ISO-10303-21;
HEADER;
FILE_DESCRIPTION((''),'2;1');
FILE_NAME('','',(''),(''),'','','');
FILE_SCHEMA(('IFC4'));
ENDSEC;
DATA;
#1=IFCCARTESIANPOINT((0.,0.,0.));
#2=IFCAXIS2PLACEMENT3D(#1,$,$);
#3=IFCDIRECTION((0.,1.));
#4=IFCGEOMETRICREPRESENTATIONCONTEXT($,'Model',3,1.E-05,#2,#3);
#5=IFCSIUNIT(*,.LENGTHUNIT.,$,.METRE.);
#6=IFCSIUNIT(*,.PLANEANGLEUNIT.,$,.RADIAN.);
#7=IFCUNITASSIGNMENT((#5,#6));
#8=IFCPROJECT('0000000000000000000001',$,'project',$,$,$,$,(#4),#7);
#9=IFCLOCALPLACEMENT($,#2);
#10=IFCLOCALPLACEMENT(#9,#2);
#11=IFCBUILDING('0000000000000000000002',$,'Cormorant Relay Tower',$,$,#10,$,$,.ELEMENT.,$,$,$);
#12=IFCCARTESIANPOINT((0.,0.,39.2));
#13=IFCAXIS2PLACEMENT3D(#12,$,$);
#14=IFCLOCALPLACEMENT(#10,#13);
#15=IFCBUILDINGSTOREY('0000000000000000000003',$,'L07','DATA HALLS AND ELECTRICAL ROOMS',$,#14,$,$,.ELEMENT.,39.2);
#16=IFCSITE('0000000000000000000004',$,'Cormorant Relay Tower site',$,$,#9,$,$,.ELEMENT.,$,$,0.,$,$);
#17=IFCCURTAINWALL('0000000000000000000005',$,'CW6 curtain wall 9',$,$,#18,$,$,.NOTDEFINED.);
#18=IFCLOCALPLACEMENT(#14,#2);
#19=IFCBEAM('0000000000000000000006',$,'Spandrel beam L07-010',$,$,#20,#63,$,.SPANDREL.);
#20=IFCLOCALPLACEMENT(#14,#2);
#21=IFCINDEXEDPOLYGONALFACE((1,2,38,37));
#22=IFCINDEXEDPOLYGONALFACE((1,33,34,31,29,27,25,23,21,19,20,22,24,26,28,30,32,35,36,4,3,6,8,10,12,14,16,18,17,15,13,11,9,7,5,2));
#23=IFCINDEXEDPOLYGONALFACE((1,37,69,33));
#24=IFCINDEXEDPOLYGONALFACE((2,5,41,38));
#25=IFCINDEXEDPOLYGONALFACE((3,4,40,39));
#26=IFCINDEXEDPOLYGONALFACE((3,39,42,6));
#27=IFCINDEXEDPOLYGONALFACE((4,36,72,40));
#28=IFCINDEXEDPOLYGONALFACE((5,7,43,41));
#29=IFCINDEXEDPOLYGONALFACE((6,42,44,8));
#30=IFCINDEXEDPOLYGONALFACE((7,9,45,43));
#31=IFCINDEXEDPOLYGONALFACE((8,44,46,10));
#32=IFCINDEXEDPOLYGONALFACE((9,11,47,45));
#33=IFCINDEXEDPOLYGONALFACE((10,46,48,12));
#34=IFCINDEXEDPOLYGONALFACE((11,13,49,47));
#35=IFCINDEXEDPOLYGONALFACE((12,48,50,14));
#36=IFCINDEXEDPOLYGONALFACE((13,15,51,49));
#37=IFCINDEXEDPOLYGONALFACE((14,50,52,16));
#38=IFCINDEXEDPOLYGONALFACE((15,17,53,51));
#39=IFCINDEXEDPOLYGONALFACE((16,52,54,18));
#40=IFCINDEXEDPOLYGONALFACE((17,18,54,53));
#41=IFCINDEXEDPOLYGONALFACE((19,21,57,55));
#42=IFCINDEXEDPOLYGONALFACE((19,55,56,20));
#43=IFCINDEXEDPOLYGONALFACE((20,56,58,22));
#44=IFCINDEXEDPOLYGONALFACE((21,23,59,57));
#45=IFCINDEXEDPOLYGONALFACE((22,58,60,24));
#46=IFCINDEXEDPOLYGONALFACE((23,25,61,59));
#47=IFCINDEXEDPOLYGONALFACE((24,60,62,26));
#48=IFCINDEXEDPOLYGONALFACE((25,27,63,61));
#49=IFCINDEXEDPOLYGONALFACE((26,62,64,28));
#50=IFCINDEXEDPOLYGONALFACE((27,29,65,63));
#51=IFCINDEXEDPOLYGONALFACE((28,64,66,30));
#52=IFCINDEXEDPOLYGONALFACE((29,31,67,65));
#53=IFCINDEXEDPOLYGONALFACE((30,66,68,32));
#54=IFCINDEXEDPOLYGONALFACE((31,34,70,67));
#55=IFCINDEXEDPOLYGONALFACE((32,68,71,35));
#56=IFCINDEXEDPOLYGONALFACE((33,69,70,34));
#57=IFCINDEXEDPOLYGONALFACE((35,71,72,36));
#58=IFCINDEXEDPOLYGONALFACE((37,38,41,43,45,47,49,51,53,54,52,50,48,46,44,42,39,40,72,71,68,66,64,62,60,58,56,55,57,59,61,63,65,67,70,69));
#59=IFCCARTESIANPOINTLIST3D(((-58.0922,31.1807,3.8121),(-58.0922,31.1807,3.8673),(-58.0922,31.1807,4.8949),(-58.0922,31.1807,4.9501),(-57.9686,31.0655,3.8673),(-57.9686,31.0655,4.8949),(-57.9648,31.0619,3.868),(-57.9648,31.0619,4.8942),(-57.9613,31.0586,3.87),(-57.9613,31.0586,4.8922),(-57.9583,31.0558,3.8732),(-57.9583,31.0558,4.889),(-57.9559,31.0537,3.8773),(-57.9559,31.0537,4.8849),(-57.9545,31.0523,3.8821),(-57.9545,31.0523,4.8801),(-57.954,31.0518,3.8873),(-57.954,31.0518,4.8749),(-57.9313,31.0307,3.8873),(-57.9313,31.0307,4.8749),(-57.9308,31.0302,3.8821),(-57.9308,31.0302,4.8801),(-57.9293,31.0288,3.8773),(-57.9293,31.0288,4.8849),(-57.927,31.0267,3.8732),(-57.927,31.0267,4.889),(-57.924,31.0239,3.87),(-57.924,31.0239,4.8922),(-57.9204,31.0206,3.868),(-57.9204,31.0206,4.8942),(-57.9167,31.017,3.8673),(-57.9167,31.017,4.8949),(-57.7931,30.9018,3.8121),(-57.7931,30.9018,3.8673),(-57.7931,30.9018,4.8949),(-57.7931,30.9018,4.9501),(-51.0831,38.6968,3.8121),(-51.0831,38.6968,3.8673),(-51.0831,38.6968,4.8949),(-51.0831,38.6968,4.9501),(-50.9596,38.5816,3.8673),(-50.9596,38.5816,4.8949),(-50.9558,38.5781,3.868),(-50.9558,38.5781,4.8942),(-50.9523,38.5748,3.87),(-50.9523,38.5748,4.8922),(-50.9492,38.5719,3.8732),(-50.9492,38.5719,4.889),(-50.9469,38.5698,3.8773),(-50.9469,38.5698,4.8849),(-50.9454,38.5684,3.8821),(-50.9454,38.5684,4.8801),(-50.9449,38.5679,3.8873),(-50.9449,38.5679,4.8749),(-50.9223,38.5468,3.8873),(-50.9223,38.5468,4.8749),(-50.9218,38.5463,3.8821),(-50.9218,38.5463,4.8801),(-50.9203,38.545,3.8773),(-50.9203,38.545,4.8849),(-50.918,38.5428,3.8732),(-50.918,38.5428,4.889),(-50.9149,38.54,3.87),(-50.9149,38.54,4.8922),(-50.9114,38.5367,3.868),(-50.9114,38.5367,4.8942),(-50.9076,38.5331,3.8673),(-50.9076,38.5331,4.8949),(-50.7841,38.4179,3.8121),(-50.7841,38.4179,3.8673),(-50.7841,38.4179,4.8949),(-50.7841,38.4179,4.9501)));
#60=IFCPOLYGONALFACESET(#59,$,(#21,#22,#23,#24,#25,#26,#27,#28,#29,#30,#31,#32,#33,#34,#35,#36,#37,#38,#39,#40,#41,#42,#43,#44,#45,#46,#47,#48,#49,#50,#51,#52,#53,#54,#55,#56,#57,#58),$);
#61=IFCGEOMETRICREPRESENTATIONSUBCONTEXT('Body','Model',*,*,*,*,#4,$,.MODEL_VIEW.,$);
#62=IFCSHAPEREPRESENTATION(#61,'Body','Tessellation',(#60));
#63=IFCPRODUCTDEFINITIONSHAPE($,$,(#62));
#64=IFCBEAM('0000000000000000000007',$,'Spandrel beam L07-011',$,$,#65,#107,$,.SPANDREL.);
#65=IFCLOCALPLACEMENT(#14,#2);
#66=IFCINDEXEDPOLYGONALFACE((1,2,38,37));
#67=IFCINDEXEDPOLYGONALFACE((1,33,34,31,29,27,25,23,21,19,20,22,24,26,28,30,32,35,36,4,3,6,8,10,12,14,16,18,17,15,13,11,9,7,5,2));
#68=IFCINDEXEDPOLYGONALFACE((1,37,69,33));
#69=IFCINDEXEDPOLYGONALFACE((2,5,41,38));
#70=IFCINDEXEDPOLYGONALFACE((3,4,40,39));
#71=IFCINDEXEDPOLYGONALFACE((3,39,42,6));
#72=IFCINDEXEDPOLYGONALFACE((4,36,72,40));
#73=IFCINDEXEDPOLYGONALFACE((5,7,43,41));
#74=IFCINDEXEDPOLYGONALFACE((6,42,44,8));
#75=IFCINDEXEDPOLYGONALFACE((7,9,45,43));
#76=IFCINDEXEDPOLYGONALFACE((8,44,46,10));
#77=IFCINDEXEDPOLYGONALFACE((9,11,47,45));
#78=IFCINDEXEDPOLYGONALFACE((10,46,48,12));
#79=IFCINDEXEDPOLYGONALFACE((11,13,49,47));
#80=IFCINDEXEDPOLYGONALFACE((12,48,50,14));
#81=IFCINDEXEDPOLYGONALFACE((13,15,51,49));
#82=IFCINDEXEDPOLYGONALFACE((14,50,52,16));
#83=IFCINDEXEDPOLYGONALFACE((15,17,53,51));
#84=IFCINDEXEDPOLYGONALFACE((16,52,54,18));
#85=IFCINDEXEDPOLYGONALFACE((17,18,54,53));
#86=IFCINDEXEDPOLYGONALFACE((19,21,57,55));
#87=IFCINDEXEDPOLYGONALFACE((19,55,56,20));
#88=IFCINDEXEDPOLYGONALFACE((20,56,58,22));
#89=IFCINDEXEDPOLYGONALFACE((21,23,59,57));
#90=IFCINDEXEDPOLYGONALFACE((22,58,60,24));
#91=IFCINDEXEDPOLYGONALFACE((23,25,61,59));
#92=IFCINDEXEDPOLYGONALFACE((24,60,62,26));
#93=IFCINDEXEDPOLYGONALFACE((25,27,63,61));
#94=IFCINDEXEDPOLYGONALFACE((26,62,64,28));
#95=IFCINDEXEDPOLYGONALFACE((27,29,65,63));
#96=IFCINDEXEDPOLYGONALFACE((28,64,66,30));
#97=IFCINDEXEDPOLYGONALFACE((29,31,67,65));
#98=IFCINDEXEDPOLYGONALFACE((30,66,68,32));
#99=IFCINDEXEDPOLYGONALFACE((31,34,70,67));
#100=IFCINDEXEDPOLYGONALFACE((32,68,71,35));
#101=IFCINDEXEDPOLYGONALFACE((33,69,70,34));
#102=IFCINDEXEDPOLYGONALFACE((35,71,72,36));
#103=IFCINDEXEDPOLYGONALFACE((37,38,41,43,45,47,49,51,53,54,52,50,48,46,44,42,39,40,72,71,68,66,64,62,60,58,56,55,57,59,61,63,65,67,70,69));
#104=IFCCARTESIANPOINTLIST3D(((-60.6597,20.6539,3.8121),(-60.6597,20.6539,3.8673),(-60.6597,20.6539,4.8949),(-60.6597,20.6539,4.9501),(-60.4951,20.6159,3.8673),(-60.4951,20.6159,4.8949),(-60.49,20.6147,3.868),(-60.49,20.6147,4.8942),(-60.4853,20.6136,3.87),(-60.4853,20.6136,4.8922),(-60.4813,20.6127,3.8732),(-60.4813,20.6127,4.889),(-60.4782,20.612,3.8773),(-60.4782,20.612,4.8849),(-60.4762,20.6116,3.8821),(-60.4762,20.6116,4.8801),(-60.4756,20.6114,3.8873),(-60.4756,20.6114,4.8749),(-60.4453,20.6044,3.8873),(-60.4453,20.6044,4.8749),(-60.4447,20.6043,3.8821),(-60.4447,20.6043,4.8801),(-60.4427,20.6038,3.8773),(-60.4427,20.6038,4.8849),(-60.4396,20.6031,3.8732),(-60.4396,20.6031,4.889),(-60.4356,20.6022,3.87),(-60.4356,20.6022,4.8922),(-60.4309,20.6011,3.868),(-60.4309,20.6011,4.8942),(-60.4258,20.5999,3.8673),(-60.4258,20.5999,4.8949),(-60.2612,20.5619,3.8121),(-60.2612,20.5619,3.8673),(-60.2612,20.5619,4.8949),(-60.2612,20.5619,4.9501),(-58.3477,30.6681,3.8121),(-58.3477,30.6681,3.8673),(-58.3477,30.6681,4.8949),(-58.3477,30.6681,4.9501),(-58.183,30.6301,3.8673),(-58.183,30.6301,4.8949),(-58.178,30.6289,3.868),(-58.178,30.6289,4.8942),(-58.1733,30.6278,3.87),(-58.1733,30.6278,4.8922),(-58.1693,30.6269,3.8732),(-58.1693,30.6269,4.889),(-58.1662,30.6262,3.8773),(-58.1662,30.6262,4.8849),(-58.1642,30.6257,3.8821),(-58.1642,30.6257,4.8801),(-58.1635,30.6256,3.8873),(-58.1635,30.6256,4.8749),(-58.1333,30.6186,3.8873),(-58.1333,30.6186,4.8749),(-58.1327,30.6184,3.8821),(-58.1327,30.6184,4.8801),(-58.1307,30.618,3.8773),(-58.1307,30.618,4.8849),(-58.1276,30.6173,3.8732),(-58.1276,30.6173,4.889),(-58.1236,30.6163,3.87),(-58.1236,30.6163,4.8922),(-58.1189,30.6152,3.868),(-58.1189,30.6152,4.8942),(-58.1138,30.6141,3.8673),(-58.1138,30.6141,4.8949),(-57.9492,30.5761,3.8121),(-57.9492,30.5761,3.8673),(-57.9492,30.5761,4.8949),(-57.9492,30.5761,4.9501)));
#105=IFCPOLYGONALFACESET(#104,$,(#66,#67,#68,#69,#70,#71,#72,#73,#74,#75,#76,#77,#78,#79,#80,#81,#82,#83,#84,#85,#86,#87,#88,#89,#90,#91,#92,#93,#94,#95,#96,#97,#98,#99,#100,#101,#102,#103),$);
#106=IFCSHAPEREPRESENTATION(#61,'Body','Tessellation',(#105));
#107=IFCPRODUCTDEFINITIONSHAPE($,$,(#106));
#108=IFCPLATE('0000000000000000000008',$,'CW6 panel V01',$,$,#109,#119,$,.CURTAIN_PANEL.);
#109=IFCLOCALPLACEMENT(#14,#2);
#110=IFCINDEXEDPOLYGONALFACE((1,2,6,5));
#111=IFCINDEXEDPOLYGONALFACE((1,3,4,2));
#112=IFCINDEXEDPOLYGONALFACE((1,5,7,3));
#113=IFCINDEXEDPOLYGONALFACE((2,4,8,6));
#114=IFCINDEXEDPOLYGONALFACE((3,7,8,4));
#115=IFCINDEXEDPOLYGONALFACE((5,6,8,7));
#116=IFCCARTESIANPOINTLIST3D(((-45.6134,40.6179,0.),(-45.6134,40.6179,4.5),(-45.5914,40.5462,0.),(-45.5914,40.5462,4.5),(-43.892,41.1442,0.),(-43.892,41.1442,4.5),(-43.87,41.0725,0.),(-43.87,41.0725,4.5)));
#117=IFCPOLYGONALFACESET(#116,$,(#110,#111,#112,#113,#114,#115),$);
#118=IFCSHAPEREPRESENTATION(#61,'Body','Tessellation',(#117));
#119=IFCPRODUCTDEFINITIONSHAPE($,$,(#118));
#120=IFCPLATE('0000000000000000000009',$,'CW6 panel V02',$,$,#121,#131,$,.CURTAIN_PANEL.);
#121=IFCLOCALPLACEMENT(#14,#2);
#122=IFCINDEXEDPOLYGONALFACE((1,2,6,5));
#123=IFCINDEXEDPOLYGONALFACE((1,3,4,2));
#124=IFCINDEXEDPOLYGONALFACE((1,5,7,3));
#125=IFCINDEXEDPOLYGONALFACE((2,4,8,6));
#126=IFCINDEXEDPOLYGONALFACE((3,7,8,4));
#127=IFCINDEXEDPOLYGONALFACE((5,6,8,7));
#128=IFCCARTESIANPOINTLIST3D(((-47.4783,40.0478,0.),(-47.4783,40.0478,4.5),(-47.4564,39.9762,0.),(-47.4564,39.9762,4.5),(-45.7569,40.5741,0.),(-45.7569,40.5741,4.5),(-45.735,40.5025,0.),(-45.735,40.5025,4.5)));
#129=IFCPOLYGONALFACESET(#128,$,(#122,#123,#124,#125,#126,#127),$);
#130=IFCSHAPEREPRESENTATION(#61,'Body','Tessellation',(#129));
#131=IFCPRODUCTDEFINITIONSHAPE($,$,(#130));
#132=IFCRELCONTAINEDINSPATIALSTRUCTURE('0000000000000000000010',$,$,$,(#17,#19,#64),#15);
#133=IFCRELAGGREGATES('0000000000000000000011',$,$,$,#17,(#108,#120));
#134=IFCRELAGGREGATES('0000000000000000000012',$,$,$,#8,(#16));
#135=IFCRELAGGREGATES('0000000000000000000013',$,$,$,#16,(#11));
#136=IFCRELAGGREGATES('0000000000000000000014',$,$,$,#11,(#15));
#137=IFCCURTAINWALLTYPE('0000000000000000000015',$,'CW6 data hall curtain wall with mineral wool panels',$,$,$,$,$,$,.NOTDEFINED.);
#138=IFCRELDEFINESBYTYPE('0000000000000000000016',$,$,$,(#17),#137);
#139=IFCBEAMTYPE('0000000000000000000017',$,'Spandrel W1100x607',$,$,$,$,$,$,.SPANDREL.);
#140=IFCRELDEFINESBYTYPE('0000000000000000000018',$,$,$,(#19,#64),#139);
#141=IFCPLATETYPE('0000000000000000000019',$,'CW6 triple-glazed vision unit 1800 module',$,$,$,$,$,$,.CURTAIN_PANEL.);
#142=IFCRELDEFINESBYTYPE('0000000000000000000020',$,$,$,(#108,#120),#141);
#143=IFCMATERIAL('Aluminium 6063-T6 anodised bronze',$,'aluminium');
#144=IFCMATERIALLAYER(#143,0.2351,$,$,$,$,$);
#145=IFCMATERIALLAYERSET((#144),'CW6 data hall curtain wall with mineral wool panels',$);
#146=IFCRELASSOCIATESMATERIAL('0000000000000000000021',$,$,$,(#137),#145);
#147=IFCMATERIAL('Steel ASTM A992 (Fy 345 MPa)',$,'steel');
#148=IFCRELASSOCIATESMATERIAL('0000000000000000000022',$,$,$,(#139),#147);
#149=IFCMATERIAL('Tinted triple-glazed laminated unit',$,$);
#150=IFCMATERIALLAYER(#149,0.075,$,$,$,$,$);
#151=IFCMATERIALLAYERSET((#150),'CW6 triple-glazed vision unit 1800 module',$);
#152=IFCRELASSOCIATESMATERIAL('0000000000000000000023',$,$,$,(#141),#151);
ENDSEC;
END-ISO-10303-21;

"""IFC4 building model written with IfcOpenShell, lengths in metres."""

from ifc_helpers import new_model, si_unit, direction, frame, origin, origin_2d, place, context, subcontext, project, spatial, rectangle, i_section, extrude, material, layer, layer_set, material_profile, profile_set, type_object, element, aggregate, save


model = new_model("IFC4")

# Units and contexts
model_context = context("Model", 3, precision=1e-05, world=origin(), true_north=direction((0.0, 1.0)))
body_context = subcontext(model_context, "Body", "Model", "MODEL_VIEW")
ifc_project = project(units=[si_unit("LENGTHUNIT", "METRE"), si_unit("PLANEANGLEUNIT", "RADIAN")], contexts=[model_context])

# Site, building, storey
site_placement = place(None, origin())
site = spatial("IfcSite", under=ifc_project, at=site_placement, Name="Cormorant Relay Tower site", CompositionType="ELEMENT", RefElevation=0.0)
building_placement = place(site_placement, origin())
building = spatial("IfcBuilding", under=site, at=building_placement, Name="Cormorant Relay Tower", CompositionType="ELEMENT")
storey_placement = place(building_placement, frame((0.0, 0.0, 39.2)))
storey = spatial("IfcBuildingStorey", under=building, at=storey_placement, Name="L07", Description="DATA HALLS AND ELECTRICAL ROOMS", CompositionType="ELEMENT", Elevation=39.2)

# Shared definitions
ifc_material_1 = material(Name="Aluminium 6063-T6 anodised bronze", Category="aluminium")
ifc_layer_1 = layer(ifc_material_1, 0.2351)
ifc_layer_set_1 = layer_set([ifc_layer_1], Name="CW6 data hall curtain wall with mineral wool panels")
curtain_wall_type = type_object("IfcCurtainWallType", Name="CW6 data hall curtain wall with mineral wool panels", PredefinedType="NOTDEFINED", material=ifc_layer_set_1)

# Curtain wall
curtain_wall_1_placement = place(storey_placement, origin())
curtain_wall_1 = element("IfcCurtainWall", 1, at=curtain_wall_1_placement, inside=storey, type_object=curtain_wall_type, Name="CW6 curtain wall 9", PredefinedType="NOTDEFINED")

# Beams
ifc_material_2 = material(Name="Steel ASTM A992 (Fy 345 MPa)", Category="steel")
ifc_material_profile_1 = material_profile(ifc_material_2, i_section(OverallWidth=0.4089, OverallDepth=1.1379, WebThickness=0.031, FlangeThickness=0.0552, FilletRadius=0.02, at=origin_2d()), Name="W1100x607")
ifc_profile_set_1 = profile_set([ifc_material_profile_1], Name="Steel ASTM A992 (Fy 345 MPa)")
beam_type = type_object("IfcBeamType", Name="Spandrel W1100x607", PredefinedType="SPANDREL", material=ifc_profile_set_1)
beam_1_placement = place(storey_placement, frame((-50.9336, 38.5574, 4.3811), z_axis=(-0.682006, -0.731347, 0.0), x_axis=(0.731347, -0.682006, 0.0)))
element("IfcBeam", 2, at=beam_1_placement, inside=storey, type_object=beam_type, Name="Spandrel beam L07-010", PredefinedType="SPANDREL", context=body_context, shape_type="SweptSolid", body=[
    extrude(i_section(OverallWidth=0.4089, OverallDepth=1.1379, WebThickness=0.031, FlangeThickness=0.0552, FilletRadius=0.02, at=origin_2d()), origin(), (0.0, 0.0, 1.0), 10.2771),
])
beam_2_placement = place(storey_placement, frame((-58.1484, 30.6221, 4.3811), z_axis=(-0.224957, -0.974369, 0.0), x_axis=(0.974369, -0.224957, 0.0)))
element("IfcBeam", 3, at=beam_2_placement, inside=storey, type_object=beam_type, Name="Spandrel beam L07-011", PredefinedType="SPANDREL", context=body_context, shape_type="SweptSolid", body=[
    extrude(i_section(OverallWidth=0.4089, OverallDepth=1.1379, WebThickness=0.031, FlangeThickness=0.0552, FilletRadius=0.02, at=origin_2d()), origin(), (0.0, 0.0, 1.0), 10.2776),
])

# Plates
ifc_material_3 = material(Name="Tinted triple-glazed laminated unit")
ifc_layer_2 = layer(ifc_material_3, 0.075)
ifc_layer_set_2 = layer_set([ifc_layer_2], Name="CW6 triple-glazed vision unit 1800 module")
plate_type = type_object("IfcPlateType", Name="CW6 triple-glazed vision unit 1800 module", PredefinedType="CURTAIN_PANEL", material=ifc_layer_set_2)
plate_1_placement = place(storey_placement, frame((-44.7417, 40.8452, 0.0), z_axis=(0.0, 0.0, 1.0), x_axis=(-0.956305, -0.292372, 0.0)))
plate_1 = element("IfcPlate", 4, at=plate_1_placement, type_object=plate_type, Name="CW6 panel V01", PredefinedType="CURTAIN_PANEL", context=body_context, shape_type="SweptSolid", body=[
    extrude(rectangle(XDim=1.8, YDim=0.075, at=origin_2d()), origin(), (0.0, 0.0, 1.0), 4.5),
])
plate_2_placement = place(storey_placement, frame((-46.6067, 40.2751, 0.0), z_axis=(0.0, 0.0, 1.0), x_axis=(-0.956305, -0.292372, 0.0)))
plate_2 = element("IfcPlate", 5, at=plate_2_placement, type_object=plate_type, Name="CW6 panel V02", PredefinedType="CURTAIN_PANEL", context=body_context, shape_type="SweptSolid", body=[
    extrude(rectangle(XDim=1.8, YDim=0.075, at=origin_2d()), origin(), (0.0, 0.0, 1.0), 4.5),
])

aggregate(curtain_wall_1, [plate_1, plate_2])

save(model, "model.ifc")
